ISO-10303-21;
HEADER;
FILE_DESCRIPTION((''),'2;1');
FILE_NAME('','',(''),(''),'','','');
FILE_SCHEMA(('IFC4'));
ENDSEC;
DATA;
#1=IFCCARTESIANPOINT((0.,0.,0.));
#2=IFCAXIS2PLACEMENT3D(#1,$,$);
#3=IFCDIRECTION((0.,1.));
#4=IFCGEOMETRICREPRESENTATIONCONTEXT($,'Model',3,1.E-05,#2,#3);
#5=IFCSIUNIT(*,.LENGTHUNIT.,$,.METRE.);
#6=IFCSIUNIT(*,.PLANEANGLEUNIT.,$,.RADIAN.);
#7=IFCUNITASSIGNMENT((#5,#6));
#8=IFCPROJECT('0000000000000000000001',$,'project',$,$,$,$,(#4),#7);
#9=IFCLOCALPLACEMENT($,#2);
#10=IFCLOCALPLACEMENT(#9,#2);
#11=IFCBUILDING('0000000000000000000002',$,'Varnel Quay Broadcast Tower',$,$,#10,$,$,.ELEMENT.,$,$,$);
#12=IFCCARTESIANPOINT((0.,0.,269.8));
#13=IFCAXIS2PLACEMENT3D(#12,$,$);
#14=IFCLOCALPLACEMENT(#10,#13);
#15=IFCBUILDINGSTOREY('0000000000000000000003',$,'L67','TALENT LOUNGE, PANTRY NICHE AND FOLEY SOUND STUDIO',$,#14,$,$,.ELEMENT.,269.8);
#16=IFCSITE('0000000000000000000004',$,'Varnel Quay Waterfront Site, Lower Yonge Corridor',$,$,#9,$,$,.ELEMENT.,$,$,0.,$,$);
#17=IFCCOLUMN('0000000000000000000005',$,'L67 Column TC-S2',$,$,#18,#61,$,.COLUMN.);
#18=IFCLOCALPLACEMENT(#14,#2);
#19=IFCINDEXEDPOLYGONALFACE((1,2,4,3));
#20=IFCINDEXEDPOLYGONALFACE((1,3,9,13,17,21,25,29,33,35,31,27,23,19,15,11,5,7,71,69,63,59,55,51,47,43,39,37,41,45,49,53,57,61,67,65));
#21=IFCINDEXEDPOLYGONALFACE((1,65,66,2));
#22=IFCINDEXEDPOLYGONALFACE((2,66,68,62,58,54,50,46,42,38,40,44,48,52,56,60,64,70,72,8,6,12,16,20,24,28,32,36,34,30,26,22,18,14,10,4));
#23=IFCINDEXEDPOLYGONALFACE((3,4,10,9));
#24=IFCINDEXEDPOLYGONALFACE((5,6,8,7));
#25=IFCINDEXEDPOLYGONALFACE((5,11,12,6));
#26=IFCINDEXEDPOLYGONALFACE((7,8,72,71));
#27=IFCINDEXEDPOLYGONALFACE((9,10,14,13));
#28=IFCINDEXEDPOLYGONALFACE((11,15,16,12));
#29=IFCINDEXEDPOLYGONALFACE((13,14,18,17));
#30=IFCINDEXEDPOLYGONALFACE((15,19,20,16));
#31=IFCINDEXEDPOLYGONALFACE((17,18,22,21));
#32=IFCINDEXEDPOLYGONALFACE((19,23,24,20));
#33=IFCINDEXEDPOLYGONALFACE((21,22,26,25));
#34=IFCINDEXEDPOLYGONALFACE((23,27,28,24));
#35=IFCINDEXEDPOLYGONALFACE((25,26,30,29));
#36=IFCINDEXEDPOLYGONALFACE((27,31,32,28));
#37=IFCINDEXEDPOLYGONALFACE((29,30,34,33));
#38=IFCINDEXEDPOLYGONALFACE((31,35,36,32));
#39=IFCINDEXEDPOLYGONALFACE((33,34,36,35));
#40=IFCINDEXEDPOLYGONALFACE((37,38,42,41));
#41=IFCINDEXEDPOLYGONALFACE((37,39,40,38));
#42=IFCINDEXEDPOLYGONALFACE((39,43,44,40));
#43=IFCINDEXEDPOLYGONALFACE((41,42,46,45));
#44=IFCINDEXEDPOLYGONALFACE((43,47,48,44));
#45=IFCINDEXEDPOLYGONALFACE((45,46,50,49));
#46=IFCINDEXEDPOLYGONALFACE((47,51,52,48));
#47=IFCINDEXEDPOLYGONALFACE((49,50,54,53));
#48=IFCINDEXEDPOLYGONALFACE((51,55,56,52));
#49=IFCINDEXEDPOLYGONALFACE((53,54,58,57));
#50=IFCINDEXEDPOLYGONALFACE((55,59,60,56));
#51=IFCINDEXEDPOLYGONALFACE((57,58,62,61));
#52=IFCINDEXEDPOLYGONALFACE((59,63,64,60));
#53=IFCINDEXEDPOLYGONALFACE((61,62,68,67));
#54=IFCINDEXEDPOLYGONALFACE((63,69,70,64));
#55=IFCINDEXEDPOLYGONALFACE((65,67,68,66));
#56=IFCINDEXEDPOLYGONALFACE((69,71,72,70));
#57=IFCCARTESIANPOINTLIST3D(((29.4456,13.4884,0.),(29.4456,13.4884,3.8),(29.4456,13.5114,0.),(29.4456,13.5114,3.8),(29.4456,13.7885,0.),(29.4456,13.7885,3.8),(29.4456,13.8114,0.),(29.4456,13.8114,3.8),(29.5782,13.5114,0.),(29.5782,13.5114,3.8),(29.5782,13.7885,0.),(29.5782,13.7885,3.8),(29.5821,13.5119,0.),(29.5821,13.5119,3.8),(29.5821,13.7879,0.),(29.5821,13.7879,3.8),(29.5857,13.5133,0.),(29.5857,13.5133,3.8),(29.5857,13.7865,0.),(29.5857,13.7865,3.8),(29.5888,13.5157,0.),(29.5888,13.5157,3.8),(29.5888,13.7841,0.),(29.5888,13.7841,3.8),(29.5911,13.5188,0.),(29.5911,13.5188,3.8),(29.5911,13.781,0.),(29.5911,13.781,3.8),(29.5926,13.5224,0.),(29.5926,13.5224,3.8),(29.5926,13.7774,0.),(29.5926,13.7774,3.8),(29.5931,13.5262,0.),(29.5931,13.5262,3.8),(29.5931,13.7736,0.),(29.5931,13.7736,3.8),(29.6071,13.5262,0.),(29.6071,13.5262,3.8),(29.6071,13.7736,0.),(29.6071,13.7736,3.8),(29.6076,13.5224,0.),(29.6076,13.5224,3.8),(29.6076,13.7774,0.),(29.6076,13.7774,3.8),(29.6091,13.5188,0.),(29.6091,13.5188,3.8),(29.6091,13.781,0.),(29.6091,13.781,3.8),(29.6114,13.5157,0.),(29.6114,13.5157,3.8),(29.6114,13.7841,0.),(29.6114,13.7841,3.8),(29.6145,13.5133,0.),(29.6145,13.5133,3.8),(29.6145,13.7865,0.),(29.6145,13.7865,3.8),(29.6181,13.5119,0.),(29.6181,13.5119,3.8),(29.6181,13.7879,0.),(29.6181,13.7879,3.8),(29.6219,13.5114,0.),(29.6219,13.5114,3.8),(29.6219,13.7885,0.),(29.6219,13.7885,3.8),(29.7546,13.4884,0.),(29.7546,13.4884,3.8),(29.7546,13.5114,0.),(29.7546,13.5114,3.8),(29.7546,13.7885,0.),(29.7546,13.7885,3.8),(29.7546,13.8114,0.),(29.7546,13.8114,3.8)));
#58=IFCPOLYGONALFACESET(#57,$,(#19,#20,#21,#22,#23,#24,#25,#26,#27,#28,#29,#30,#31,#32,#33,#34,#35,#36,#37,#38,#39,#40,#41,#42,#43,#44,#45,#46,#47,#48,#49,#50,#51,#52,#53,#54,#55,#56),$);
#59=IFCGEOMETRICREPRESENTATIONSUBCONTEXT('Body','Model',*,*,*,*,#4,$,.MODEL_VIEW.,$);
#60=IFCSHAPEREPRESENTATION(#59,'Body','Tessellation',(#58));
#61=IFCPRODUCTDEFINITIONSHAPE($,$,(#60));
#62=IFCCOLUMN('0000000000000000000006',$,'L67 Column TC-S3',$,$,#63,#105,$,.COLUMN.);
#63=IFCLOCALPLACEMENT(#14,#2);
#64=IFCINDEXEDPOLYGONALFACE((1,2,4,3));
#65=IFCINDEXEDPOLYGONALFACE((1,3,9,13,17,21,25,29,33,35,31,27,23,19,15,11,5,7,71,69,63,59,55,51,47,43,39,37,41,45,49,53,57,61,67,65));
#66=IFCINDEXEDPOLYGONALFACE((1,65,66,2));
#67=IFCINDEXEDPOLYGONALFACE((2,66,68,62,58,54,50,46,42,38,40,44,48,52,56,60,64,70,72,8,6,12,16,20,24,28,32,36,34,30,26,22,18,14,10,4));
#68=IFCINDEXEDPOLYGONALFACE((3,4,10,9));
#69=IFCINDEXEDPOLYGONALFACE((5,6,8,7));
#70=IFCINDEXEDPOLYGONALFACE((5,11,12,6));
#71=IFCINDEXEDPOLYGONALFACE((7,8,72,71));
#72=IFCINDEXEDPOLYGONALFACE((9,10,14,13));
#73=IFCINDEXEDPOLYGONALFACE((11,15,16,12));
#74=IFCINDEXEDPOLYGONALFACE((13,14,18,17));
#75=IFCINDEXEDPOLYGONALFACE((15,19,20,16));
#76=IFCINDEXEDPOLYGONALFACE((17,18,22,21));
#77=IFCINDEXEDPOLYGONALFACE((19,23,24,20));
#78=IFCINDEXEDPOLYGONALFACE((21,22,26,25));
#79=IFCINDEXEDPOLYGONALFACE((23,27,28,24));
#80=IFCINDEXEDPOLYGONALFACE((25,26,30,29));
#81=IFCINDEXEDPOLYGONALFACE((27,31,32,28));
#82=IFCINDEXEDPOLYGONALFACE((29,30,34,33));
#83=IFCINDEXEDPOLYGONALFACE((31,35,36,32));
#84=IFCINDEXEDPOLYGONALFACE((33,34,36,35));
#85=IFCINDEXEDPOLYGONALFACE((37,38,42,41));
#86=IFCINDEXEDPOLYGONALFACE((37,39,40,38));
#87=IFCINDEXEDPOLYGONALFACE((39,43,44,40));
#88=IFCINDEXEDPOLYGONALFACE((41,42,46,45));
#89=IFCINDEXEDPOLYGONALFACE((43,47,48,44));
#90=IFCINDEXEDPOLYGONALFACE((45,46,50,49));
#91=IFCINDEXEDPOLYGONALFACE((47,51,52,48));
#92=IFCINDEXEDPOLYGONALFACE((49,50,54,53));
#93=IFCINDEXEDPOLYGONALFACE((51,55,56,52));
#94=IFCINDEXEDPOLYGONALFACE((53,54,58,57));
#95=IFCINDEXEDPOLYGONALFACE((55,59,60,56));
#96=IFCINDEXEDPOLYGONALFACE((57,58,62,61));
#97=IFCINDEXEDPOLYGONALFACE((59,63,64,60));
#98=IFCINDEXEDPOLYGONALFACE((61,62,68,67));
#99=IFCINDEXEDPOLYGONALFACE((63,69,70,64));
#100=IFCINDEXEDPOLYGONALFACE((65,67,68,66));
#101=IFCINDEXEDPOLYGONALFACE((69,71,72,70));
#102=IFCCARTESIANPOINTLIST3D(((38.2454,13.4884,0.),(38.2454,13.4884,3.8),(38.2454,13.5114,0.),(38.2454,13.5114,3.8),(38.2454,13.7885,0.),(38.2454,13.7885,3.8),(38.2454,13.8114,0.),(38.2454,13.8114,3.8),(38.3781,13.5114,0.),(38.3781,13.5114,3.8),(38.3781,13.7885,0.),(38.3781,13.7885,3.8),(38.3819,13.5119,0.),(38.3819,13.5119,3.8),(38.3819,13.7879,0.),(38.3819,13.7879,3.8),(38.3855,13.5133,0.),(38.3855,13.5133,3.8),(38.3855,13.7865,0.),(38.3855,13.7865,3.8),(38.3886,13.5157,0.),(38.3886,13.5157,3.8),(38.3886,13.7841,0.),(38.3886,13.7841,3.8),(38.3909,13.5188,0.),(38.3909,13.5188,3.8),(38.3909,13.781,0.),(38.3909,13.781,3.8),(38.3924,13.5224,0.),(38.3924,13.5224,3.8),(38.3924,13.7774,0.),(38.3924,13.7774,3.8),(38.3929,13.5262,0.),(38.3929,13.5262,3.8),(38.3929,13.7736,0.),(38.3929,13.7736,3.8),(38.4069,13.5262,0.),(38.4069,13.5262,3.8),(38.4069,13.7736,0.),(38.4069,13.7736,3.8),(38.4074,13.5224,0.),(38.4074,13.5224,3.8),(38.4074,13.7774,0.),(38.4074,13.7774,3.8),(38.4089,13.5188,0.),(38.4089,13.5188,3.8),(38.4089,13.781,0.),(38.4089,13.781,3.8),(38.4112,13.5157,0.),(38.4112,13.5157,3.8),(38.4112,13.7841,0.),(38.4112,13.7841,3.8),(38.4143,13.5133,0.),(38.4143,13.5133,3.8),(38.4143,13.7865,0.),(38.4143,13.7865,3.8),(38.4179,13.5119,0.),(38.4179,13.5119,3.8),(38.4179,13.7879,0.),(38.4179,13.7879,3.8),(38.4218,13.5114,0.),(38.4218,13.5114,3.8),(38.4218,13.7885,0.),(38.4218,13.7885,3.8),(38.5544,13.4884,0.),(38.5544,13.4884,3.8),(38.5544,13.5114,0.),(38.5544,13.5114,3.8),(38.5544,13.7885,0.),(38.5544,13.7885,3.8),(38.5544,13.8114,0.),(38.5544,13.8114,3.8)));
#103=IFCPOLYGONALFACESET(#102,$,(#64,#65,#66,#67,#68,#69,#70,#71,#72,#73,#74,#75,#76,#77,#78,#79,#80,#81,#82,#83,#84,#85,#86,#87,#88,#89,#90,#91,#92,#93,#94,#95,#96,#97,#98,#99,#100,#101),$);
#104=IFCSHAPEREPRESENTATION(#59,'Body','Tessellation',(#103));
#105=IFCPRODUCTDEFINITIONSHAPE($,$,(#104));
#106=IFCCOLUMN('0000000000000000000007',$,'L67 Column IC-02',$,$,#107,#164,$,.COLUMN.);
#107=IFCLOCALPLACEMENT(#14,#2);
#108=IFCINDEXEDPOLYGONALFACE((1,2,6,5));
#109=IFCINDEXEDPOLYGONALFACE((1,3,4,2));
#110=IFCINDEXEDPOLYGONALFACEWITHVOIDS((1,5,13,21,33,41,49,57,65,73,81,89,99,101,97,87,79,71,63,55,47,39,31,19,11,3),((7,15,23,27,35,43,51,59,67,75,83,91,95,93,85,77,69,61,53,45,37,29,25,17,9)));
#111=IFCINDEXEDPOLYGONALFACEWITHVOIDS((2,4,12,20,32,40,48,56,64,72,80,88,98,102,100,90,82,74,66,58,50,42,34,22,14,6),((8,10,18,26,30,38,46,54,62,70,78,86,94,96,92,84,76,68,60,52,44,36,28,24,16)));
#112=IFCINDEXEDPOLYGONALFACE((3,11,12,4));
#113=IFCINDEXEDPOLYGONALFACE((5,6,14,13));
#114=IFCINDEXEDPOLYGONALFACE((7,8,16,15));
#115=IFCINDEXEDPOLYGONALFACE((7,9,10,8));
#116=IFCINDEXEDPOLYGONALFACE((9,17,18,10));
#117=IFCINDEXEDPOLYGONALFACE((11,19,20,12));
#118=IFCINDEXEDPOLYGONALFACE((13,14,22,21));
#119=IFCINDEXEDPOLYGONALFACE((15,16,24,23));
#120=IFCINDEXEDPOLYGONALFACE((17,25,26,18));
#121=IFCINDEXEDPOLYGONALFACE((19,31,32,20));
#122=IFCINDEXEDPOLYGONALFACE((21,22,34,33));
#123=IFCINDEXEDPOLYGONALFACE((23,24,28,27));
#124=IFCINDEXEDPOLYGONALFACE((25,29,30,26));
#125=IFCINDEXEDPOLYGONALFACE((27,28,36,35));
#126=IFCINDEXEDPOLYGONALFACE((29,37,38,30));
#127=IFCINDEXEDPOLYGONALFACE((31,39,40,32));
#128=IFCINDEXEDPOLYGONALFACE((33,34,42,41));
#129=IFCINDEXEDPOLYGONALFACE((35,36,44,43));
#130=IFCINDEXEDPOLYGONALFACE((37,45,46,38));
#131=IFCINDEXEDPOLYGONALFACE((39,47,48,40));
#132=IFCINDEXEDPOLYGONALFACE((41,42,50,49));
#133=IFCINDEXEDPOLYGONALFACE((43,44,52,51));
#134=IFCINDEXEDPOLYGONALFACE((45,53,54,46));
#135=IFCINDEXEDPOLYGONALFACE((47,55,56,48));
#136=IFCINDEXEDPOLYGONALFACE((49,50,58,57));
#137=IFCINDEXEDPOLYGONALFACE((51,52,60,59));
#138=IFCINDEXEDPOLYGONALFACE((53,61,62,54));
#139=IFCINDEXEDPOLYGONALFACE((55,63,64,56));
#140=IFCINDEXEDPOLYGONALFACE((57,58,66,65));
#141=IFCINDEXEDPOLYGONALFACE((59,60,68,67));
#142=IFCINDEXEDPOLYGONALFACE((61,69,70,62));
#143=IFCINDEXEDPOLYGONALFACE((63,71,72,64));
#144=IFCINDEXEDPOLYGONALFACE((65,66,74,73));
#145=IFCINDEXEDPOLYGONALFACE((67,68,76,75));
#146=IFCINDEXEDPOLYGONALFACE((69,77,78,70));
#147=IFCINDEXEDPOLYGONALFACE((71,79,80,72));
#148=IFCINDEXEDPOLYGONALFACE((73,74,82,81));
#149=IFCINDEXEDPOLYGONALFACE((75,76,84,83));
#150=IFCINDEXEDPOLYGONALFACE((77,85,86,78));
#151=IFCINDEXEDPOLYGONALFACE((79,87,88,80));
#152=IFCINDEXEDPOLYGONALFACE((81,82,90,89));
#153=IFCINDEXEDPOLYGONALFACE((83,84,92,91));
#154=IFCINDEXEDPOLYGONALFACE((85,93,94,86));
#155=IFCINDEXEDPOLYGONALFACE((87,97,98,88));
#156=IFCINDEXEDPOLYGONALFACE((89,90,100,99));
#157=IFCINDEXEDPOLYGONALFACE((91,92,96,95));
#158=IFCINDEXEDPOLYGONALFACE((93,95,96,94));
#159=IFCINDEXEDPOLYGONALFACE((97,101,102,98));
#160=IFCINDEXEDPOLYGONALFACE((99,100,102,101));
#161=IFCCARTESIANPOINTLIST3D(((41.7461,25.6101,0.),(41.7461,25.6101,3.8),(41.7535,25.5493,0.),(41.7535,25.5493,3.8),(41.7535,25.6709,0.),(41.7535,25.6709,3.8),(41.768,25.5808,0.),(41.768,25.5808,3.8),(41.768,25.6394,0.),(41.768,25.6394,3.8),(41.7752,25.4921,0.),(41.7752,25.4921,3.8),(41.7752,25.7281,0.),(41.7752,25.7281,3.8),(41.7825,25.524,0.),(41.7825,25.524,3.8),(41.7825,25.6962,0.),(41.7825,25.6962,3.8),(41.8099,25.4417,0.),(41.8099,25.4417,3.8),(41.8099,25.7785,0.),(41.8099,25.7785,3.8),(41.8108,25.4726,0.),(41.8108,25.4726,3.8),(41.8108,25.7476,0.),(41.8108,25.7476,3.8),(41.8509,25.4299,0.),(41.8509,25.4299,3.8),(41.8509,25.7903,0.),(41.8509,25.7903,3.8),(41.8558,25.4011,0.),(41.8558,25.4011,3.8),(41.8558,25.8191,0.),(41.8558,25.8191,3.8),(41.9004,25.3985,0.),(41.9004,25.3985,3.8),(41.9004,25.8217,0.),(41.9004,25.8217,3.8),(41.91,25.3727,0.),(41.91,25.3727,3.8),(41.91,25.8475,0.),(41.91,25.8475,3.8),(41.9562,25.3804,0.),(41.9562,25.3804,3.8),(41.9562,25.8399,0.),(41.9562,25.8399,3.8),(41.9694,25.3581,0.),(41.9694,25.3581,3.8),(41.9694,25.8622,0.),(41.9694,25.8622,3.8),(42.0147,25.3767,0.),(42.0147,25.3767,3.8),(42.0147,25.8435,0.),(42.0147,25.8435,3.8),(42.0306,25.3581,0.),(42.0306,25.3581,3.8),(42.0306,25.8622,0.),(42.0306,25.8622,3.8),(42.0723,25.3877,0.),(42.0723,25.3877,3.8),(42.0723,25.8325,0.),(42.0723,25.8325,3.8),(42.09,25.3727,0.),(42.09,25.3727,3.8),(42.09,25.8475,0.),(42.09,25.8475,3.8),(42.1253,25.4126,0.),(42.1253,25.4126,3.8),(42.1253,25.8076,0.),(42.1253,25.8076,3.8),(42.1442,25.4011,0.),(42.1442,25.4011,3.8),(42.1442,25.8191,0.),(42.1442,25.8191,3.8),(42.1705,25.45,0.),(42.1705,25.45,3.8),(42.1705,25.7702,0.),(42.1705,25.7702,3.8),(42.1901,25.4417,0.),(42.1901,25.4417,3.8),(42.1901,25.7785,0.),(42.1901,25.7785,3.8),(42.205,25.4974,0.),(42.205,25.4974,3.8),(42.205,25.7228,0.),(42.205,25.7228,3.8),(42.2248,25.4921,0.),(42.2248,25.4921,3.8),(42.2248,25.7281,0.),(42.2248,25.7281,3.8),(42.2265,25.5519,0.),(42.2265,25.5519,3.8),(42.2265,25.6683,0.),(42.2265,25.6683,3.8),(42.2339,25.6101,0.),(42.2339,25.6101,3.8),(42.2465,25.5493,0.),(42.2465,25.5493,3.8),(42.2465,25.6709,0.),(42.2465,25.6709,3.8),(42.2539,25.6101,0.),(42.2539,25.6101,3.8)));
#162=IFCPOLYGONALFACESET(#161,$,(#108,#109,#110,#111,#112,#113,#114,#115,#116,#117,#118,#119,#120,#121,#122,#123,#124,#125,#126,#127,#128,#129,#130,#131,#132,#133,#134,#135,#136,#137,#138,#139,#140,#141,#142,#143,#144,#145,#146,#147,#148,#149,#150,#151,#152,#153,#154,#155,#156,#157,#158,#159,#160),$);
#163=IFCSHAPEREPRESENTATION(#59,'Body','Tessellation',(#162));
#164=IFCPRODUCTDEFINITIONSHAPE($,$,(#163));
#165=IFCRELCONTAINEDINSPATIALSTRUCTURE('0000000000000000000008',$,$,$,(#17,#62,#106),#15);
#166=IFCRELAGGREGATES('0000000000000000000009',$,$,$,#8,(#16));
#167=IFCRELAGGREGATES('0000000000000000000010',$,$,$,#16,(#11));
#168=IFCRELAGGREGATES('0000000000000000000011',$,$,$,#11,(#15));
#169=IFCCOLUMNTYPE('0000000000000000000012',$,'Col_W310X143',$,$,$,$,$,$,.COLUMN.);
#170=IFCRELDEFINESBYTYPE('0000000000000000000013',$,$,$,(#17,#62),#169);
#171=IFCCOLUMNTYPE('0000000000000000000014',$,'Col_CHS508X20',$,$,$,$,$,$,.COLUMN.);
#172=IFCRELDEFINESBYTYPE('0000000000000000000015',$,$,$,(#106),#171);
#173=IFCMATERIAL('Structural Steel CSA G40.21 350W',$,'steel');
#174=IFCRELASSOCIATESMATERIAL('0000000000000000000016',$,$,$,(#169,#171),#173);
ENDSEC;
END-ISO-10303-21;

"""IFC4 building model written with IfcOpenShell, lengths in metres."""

from ifc_helpers import new_model, si_unit, direction, frame, origin, origin_2d, place, context, subcontext, project, spatial, hollow_circle, i_section, extrude, source, transform, mapped, material, material_profile, profile_set, type_object, type_shapes, element, save


model = new_model("IFC4")

# Units and contexts
model_context = context("Model", 3, precision=1e-05, world=origin(), true_north=direction((0.0, 1.0)))
body_context = subcontext(model_context, "Body", "Model", "MODEL_VIEW")
ifc_project = project(units=[si_unit("LENGTHUNIT", "METRE"), si_unit("PLANEANGLEUNIT", "RADIAN")], contexts=[model_context])

# Site, building, storey
site_placement = place(None, origin())
site = spatial("IfcSite", under=ifc_project, at=site_placement, Name="Varnel Quay Waterfront Site, Lower Yonge Corridor", CompositionType="ELEMENT", RefElevation=0.0)
building_placement = place(site_placement, origin())
building = spatial("IfcBuilding", under=site, at=building_placement, Name="Varnel Quay Broadcast Tower", CompositionType="ELEMENT")
storey_placement = place(building_placement, frame((0.0, 0.0, 269.8)))
storey = spatial("IfcBuildingStorey", under=building, at=storey_placement, Name="L67", Description="TALENT LOUNGE, PANTRY NICHE AND FOLEY SOUND STUDIO", CompositionType="ELEMENT", Elevation=269.8)

# Columns
ifc_material_1 = material(Name="Structural Steel CSA G40.21 350W", Category="steel")
ifc_material_profile_1 = material_profile(ifc_material_1, i_section(OverallWidth=0.3091, OverallDepth=0.323, WebThickness=0.0139, FlangeThickness=0.0229, FilletRadius=0.0149, at=origin_2d()), Name="W310X143")
ifc_profile_set_1 = profile_set([ifc_material_profile_1], Name="Structural Steel CSA G40.21 350W")
column_type_1 = type_object("IfcColumnType", Name="Col_W310X143", PredefinedType="COLUMN", material=ifc_profile_set_1)
shared_shape_1 = source(origin(), body_context, "Body", "SweptSolid", [
    extrude(i_section(OverallWidth=0.3091, OverallDepth=0.323, WebThickness=0.0139, FlangeThickness=0.0229, FilletRadius=0.0149, at=origin_2d()), origin(), (0.0, 0.0, 1.0), 3.8),
])
type_shapes(column_type_1, [shared_shape_1])
for number, where, z_axis, x_axis, name in (
    (1, (29.6001, 13.6499, 0.0), (0.0, 0.0, 1.0), (1.0, 0.0, 0.0), "L67 Column TC-S2"),
    (2, (38.3999, 13.6499, 0.0), (0.0, 0.0, 1.0), (1.0, 0.0, 0.0), "L67 Column TC-S3"),
):
    element("IfcColumn", number, at=place(storey_placement, frame(where, z_axis=z_axis, x_axis=x_axis)), inside=storey, type_object=column_type_1, Name=name, PredefinedType="COLUMN", context=body_context, shape_type="MappedRepresentation", body=[
        mapped(shared_shape_1, transform((0.0, 0.0, 0.0), x_axis=(1.0, 0.0, 0.0), y_axis=(0.0, 1.0, 0.0), z_axis=(0.0, 0.0, 1.0), scale=1.0)),
    ])
ifc_material_profile_2 = material_profile(ifc_material_1, hollow_circle(Radius=0.2539, WallThickness=0.02, at=origin_2d()), Name="CHS508X20")
ifc_profile_set_2 = profile_set([ifc_material_profile_2], Name="Structural Steel CSA G40.21 350W")
column_type_2 = type_object("IfcColumnType", Name="Col_CHS508X20", PredefinedType="COLUMN", material=ifc_profile_set_2)
shared_shape_2 = source(origin(), body_context, "Body", "SweptSolid", [
    extrude(hollow_circle(Radius=0.2539, WallThickness=0.02, at=origin_2d()), origin(), (0.0, 0.0, 1.0), 3.8),
])
type_shapes(column_type_2, [shared_shape_2])
column_placement = place(storey_placement, frame((42.0, 25.6101, 0.0), z_axis=(0.0, 0.0, 1.0), x_axis=(1.0, 0.0, 0.0)))
element("IfcColumn", 3, at=column_placement, inside=storey, type_object=column_type_2, Name="L67 Column IC-02", PredefinedType="COLUMN", context=body_context, shape_type="MappedRepresentation", body=[
    mapped(shared_shape_2, transform((0.0, 0.0, 0.0), x_axis=(1.0, 0.0, 0.0), y_axis=(0.0, 1.0, 0.0), z_axis=(0.0, 0.0, 1.0), scale=1.0)),
])

save(model, "model.ifc")
